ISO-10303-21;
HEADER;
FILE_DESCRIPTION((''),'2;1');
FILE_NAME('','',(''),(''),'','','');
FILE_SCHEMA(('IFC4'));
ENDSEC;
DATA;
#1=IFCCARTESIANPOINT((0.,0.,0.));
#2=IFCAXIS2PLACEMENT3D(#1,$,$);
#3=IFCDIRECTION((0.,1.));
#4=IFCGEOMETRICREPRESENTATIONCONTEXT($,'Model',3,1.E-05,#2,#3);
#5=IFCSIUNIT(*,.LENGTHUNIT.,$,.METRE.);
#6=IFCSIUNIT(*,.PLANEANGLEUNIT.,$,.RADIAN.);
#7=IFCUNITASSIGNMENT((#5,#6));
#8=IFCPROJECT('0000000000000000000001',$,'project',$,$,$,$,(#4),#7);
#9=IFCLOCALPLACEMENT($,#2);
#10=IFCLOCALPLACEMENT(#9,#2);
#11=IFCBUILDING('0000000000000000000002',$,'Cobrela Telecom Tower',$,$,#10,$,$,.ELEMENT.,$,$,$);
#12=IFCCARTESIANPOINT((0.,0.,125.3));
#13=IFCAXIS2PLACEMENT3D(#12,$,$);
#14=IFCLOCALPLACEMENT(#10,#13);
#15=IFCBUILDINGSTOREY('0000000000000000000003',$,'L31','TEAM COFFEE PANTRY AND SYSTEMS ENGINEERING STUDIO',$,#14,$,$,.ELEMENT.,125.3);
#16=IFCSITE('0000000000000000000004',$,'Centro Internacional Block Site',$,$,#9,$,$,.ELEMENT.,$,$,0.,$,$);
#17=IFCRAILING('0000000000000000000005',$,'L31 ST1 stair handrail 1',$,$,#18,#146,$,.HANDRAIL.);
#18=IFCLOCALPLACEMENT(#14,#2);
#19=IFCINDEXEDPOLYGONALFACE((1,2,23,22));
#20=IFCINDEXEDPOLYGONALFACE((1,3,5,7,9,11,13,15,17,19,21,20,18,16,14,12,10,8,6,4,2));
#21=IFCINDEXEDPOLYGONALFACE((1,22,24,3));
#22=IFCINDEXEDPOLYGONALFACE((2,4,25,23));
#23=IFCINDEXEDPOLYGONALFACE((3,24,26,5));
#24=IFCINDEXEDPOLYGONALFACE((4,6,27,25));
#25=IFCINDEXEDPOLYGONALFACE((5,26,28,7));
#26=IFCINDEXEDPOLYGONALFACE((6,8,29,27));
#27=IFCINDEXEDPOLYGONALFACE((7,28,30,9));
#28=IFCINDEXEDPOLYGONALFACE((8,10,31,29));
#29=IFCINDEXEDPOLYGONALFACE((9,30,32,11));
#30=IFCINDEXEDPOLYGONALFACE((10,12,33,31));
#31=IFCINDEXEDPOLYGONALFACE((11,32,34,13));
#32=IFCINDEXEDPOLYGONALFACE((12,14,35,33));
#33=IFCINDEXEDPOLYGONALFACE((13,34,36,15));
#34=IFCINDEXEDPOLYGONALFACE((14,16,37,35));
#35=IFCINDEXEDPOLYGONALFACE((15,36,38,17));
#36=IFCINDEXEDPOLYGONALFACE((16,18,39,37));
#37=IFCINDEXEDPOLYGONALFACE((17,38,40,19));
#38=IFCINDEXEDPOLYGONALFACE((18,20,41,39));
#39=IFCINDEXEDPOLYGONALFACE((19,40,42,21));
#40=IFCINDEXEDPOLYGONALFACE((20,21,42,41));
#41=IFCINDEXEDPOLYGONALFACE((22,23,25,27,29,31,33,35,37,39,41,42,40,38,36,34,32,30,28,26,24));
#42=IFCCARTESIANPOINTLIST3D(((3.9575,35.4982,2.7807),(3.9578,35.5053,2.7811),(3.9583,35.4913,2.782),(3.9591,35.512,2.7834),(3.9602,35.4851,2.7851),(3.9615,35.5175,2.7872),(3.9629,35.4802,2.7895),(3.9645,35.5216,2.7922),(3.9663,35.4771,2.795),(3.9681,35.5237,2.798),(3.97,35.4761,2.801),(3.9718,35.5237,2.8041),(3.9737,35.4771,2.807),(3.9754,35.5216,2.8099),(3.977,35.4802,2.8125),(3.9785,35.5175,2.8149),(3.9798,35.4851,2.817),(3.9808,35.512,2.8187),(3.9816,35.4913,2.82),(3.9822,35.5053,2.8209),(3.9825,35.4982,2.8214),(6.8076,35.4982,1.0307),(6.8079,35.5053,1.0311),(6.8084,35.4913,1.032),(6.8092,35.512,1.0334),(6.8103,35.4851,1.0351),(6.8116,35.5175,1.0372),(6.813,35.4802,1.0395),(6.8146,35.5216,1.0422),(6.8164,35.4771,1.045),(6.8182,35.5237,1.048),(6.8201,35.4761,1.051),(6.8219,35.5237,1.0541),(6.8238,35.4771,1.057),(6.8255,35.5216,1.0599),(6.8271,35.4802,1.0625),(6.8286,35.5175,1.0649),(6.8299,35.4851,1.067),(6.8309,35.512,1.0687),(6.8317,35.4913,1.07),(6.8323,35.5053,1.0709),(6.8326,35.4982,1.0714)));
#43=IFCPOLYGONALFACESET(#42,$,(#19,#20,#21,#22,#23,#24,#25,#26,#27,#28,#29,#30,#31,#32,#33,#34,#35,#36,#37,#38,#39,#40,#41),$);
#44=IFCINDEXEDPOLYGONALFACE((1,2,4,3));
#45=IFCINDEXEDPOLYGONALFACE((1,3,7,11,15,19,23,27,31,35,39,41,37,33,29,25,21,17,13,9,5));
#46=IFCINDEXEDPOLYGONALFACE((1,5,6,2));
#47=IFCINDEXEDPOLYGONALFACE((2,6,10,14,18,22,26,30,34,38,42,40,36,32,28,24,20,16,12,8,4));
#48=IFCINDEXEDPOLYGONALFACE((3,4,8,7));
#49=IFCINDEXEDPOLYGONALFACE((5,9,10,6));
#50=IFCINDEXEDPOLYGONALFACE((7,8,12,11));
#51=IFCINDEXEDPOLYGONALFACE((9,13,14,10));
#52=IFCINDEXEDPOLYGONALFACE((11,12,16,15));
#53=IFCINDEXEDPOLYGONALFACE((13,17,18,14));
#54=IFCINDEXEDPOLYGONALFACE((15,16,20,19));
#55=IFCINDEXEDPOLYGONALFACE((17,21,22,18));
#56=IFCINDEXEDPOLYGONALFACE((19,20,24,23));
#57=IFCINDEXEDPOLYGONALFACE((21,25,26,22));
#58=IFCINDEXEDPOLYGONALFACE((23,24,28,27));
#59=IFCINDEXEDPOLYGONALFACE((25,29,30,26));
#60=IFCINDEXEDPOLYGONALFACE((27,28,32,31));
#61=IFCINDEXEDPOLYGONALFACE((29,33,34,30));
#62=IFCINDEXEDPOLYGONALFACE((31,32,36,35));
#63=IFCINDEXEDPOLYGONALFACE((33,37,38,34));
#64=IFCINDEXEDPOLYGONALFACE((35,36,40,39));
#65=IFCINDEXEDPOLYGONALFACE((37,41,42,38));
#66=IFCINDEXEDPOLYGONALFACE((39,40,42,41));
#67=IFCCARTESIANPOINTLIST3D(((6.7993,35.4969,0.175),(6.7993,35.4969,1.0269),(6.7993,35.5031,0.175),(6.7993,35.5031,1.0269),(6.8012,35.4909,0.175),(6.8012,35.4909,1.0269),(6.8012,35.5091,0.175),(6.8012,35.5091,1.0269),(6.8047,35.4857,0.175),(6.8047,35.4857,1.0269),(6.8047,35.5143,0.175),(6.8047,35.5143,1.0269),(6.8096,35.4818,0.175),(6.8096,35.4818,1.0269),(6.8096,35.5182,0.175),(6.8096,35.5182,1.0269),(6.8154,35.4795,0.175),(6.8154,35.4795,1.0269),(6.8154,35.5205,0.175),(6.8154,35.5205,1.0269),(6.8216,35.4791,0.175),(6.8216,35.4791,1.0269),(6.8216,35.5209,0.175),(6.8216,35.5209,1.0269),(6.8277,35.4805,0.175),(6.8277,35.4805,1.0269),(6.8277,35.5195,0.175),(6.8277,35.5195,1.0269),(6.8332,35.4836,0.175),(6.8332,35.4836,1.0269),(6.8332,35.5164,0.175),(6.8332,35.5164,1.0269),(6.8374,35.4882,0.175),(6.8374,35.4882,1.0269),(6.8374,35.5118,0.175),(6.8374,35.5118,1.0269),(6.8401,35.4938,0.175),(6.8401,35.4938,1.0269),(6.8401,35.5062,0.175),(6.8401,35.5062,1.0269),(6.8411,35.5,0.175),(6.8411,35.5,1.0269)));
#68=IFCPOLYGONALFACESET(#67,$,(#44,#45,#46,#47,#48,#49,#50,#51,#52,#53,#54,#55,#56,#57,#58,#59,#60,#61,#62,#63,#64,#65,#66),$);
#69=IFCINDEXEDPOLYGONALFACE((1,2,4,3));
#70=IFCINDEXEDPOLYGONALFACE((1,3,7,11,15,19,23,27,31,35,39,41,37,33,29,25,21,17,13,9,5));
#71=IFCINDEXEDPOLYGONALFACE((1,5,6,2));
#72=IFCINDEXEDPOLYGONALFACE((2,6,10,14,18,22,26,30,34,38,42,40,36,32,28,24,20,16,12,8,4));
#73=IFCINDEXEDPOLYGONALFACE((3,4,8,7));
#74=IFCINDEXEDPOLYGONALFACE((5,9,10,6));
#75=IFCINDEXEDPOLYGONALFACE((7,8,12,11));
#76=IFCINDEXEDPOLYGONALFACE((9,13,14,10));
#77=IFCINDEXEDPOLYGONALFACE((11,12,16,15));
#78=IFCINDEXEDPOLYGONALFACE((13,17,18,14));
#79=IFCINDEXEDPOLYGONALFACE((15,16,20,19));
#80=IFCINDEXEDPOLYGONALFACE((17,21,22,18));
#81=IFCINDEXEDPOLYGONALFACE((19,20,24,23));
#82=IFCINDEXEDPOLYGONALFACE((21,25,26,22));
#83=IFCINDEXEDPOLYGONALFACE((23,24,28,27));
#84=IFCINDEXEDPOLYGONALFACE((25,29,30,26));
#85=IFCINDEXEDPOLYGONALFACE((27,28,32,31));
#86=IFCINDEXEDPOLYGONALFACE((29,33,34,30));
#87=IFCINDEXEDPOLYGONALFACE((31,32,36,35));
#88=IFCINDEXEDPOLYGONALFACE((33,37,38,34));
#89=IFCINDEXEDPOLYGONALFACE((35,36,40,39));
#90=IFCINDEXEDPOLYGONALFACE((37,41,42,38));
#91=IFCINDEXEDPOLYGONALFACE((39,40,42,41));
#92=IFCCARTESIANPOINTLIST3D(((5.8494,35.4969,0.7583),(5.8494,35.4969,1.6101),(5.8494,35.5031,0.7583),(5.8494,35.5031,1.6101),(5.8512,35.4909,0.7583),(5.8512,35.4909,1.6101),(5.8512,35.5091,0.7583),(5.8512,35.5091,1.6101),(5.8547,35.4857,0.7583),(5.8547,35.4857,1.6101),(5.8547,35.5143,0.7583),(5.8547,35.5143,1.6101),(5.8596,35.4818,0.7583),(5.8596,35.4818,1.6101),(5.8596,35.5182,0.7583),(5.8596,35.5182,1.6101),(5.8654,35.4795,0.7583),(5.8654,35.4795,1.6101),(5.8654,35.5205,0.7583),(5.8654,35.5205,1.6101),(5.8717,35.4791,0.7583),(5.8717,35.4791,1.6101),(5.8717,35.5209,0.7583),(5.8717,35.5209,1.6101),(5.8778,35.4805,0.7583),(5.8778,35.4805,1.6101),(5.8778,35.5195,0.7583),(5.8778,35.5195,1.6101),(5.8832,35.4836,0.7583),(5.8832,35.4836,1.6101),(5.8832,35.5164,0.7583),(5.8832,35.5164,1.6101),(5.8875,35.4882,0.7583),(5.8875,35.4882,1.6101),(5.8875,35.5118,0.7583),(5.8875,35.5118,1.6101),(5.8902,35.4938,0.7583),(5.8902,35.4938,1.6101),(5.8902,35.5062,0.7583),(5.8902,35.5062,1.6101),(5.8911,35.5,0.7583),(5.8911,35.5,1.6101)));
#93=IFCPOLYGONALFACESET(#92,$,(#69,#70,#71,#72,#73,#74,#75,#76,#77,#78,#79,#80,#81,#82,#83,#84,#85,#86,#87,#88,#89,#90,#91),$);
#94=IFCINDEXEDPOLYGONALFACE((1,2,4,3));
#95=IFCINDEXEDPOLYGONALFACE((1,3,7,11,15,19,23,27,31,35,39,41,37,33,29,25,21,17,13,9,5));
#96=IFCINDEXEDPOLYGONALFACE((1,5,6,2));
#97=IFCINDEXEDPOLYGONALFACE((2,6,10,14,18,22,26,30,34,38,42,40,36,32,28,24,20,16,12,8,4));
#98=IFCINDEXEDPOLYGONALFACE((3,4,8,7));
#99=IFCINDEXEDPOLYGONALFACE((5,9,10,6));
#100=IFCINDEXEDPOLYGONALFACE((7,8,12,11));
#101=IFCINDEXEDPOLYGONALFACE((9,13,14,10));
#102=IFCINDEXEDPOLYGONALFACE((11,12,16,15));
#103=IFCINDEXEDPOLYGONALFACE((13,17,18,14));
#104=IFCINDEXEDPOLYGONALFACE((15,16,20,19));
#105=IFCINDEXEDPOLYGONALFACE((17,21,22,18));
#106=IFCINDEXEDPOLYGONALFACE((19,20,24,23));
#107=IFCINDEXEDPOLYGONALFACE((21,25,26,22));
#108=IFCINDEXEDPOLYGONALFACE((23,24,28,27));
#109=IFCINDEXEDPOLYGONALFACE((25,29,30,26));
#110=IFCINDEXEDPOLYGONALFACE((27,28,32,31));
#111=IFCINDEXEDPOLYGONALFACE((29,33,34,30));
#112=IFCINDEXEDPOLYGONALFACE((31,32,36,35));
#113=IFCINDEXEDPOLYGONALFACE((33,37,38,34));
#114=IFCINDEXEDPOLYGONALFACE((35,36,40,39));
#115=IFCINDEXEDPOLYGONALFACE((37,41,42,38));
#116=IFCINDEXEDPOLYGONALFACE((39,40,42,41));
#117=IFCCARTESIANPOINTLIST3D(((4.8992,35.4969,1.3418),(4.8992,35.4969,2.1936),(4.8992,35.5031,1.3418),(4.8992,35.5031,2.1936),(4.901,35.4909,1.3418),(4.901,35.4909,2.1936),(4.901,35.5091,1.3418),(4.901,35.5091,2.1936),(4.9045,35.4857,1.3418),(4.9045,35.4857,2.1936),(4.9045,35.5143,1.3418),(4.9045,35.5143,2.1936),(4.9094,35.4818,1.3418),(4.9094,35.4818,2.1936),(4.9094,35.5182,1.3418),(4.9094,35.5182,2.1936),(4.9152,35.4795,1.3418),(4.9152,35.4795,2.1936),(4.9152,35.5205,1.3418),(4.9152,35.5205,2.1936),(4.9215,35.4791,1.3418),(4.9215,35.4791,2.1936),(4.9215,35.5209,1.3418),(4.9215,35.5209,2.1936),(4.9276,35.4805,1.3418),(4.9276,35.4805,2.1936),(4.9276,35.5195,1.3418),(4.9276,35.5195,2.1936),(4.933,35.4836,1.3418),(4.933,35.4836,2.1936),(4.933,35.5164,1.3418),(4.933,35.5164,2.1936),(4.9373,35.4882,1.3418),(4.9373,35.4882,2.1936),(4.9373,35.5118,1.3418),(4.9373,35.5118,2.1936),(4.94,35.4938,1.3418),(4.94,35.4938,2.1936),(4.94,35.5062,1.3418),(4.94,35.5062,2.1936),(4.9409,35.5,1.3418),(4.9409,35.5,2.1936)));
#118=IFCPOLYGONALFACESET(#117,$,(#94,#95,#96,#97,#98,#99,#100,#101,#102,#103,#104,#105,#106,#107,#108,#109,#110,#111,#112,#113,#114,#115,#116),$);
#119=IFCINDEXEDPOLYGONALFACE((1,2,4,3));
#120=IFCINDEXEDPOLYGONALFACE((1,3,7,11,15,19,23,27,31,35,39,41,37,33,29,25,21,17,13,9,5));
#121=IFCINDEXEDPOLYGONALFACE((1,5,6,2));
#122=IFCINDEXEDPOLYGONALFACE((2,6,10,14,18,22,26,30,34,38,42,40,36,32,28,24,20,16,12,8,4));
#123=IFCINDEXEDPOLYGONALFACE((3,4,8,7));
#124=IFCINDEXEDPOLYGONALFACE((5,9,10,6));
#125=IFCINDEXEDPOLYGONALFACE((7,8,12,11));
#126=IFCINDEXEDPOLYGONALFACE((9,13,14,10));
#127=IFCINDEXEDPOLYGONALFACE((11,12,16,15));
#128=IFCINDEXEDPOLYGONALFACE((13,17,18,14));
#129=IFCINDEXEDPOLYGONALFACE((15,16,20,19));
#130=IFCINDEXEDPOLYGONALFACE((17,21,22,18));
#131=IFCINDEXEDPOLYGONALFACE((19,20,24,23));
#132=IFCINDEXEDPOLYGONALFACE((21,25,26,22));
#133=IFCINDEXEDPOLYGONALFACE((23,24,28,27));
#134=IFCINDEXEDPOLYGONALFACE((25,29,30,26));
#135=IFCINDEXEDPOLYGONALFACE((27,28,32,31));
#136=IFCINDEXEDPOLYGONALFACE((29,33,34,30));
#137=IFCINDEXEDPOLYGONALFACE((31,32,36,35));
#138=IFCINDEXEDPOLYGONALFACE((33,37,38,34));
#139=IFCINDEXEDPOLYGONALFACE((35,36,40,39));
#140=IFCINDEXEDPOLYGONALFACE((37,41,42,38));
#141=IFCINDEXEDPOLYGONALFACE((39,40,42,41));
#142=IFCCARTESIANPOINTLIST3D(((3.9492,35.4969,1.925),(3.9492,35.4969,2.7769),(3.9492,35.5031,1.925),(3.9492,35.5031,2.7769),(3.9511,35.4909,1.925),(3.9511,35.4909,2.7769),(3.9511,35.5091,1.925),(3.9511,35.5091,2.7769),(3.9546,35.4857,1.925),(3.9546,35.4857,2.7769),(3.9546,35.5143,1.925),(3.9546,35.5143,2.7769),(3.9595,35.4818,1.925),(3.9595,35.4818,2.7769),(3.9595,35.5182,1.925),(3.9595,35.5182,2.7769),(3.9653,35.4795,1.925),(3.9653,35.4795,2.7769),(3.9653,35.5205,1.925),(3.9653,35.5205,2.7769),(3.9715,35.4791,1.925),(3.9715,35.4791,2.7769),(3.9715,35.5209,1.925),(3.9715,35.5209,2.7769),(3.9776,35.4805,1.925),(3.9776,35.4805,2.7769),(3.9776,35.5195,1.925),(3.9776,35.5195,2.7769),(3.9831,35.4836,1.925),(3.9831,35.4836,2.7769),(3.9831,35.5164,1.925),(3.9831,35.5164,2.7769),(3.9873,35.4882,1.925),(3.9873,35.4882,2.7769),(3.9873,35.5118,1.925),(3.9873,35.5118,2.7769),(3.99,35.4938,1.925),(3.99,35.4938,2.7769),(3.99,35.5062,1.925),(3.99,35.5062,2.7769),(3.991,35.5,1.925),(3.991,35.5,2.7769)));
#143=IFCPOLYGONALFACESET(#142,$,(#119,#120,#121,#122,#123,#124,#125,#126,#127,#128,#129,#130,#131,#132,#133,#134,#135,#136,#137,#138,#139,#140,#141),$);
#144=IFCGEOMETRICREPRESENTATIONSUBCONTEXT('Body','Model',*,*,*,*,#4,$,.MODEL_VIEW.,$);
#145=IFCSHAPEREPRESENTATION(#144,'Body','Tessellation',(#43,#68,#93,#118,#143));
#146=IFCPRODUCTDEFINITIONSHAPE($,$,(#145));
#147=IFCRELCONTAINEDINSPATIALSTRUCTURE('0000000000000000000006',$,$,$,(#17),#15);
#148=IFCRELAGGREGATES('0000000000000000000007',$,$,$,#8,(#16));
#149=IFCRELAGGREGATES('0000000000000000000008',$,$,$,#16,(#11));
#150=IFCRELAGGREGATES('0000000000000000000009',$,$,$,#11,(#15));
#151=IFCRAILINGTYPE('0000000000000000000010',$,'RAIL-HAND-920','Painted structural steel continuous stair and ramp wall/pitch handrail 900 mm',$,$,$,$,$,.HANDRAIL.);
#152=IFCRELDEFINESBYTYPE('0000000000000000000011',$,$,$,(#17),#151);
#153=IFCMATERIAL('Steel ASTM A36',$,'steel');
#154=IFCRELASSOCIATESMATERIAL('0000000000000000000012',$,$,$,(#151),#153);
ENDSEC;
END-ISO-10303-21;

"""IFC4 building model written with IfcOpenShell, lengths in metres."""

from ifc_helpers import new_model, si_unit, direction, frame, origin, origin_2d, place, context, subcontext, project, spatial, circle, extrude, material, type_object, element, save


model = new_model("IFC4")

# Units and contexts
model_context = context("Model", 3, precision=1e-05, world=origin(), true_north=direction((0.0, 1.0)))
body_context = subcontext(model_context, "Body", "Model", "MODEL_VIEW")
ifc_project = project(units=[si_unit("LENGTHUNIT", "METRE"), si_unit("PLANEANGLEUNIT", "RADIAN")], contexts=[model_context])

# Site, building, storey
site_placement = place(None, origin())
site = spatial("IfcSite", under=ifc_project, at=site_placement, Name="Centro Internacional Block Site", CompositionType="ELEMENT", RefElevation=0.0)
building_placement = place(site_placement, origin())
building = spatial("IfcBuilding", under=site, at=building_placement, Name="Cobrela Telecom Tower", CompositionType="ELEMENT")
storey_placement = place(building_placement, frame((0.0, 0.0, 125.3)))
storey = spatial("IfcBuildingStorey", under=building, at=storey_placement, Name="L31", Description="TEAM COFFEE PANTRY AND SYSTEMS ENGINEERING STUDIO", CompositionType="ELEMENT", Elevation=125.3)

# Shared definitions
ifc_material_1 = material(Name="Steel ASTM A36", Category="steel")

# Railing
railing_type_1 = type_object("IfcRailingType", Name="RAIL-HAND-920", Description="Painted structural steel continuous stair and ramp wall/pitch handrail 900 mm", PredefinedType="HANDRAIL", material=ifc_material_1)
railing_1_placement = place(storey_placement, frame((6.8201, 35.5, 0.175)))
element("IfcRailing", 1, at=railing_1_placement, inside=storey, type_object=railing_type_1, Name="L31 ST1 stair handrail 1", PredefinedType="HANDRAIL", context=body_context, shape_type="SweptSolid", body=[
    extrude(circle(Radius=0.0239, at=origin_2d()), frame((0.0, 0.0, 0.876), z_axis=(-0.852179, 0.0, 0.52325), x_axis=(0.0, -1.0, 0.0)), (0.0, 0.0, 1.0), 3.3445),
    extrude(circle(Radius=0.021, at=origin_2d()), origin(), (0.0, 0.0, 1.0), 0.8518),
    extrude(circle(Radius=0.021, at=origin_2d()), frame((-0.95, 0.0, 0.5833)), (0.0, 0.0, 1.0), 0.8518),
    extrude(circle(Radius=0.021, at=origin_2d()), frame((-1.9001, 0.0, 1.1667)), (0.0, 0.0, 1.0), 0.8518),
    extrude(circle(Radius=0.021, at=origin_2d()), frame((-2.8501, 0.0, 1.75)), (0.0, 0.0, 1.0), 0.8518),
])

save(model, "model.ifc")
